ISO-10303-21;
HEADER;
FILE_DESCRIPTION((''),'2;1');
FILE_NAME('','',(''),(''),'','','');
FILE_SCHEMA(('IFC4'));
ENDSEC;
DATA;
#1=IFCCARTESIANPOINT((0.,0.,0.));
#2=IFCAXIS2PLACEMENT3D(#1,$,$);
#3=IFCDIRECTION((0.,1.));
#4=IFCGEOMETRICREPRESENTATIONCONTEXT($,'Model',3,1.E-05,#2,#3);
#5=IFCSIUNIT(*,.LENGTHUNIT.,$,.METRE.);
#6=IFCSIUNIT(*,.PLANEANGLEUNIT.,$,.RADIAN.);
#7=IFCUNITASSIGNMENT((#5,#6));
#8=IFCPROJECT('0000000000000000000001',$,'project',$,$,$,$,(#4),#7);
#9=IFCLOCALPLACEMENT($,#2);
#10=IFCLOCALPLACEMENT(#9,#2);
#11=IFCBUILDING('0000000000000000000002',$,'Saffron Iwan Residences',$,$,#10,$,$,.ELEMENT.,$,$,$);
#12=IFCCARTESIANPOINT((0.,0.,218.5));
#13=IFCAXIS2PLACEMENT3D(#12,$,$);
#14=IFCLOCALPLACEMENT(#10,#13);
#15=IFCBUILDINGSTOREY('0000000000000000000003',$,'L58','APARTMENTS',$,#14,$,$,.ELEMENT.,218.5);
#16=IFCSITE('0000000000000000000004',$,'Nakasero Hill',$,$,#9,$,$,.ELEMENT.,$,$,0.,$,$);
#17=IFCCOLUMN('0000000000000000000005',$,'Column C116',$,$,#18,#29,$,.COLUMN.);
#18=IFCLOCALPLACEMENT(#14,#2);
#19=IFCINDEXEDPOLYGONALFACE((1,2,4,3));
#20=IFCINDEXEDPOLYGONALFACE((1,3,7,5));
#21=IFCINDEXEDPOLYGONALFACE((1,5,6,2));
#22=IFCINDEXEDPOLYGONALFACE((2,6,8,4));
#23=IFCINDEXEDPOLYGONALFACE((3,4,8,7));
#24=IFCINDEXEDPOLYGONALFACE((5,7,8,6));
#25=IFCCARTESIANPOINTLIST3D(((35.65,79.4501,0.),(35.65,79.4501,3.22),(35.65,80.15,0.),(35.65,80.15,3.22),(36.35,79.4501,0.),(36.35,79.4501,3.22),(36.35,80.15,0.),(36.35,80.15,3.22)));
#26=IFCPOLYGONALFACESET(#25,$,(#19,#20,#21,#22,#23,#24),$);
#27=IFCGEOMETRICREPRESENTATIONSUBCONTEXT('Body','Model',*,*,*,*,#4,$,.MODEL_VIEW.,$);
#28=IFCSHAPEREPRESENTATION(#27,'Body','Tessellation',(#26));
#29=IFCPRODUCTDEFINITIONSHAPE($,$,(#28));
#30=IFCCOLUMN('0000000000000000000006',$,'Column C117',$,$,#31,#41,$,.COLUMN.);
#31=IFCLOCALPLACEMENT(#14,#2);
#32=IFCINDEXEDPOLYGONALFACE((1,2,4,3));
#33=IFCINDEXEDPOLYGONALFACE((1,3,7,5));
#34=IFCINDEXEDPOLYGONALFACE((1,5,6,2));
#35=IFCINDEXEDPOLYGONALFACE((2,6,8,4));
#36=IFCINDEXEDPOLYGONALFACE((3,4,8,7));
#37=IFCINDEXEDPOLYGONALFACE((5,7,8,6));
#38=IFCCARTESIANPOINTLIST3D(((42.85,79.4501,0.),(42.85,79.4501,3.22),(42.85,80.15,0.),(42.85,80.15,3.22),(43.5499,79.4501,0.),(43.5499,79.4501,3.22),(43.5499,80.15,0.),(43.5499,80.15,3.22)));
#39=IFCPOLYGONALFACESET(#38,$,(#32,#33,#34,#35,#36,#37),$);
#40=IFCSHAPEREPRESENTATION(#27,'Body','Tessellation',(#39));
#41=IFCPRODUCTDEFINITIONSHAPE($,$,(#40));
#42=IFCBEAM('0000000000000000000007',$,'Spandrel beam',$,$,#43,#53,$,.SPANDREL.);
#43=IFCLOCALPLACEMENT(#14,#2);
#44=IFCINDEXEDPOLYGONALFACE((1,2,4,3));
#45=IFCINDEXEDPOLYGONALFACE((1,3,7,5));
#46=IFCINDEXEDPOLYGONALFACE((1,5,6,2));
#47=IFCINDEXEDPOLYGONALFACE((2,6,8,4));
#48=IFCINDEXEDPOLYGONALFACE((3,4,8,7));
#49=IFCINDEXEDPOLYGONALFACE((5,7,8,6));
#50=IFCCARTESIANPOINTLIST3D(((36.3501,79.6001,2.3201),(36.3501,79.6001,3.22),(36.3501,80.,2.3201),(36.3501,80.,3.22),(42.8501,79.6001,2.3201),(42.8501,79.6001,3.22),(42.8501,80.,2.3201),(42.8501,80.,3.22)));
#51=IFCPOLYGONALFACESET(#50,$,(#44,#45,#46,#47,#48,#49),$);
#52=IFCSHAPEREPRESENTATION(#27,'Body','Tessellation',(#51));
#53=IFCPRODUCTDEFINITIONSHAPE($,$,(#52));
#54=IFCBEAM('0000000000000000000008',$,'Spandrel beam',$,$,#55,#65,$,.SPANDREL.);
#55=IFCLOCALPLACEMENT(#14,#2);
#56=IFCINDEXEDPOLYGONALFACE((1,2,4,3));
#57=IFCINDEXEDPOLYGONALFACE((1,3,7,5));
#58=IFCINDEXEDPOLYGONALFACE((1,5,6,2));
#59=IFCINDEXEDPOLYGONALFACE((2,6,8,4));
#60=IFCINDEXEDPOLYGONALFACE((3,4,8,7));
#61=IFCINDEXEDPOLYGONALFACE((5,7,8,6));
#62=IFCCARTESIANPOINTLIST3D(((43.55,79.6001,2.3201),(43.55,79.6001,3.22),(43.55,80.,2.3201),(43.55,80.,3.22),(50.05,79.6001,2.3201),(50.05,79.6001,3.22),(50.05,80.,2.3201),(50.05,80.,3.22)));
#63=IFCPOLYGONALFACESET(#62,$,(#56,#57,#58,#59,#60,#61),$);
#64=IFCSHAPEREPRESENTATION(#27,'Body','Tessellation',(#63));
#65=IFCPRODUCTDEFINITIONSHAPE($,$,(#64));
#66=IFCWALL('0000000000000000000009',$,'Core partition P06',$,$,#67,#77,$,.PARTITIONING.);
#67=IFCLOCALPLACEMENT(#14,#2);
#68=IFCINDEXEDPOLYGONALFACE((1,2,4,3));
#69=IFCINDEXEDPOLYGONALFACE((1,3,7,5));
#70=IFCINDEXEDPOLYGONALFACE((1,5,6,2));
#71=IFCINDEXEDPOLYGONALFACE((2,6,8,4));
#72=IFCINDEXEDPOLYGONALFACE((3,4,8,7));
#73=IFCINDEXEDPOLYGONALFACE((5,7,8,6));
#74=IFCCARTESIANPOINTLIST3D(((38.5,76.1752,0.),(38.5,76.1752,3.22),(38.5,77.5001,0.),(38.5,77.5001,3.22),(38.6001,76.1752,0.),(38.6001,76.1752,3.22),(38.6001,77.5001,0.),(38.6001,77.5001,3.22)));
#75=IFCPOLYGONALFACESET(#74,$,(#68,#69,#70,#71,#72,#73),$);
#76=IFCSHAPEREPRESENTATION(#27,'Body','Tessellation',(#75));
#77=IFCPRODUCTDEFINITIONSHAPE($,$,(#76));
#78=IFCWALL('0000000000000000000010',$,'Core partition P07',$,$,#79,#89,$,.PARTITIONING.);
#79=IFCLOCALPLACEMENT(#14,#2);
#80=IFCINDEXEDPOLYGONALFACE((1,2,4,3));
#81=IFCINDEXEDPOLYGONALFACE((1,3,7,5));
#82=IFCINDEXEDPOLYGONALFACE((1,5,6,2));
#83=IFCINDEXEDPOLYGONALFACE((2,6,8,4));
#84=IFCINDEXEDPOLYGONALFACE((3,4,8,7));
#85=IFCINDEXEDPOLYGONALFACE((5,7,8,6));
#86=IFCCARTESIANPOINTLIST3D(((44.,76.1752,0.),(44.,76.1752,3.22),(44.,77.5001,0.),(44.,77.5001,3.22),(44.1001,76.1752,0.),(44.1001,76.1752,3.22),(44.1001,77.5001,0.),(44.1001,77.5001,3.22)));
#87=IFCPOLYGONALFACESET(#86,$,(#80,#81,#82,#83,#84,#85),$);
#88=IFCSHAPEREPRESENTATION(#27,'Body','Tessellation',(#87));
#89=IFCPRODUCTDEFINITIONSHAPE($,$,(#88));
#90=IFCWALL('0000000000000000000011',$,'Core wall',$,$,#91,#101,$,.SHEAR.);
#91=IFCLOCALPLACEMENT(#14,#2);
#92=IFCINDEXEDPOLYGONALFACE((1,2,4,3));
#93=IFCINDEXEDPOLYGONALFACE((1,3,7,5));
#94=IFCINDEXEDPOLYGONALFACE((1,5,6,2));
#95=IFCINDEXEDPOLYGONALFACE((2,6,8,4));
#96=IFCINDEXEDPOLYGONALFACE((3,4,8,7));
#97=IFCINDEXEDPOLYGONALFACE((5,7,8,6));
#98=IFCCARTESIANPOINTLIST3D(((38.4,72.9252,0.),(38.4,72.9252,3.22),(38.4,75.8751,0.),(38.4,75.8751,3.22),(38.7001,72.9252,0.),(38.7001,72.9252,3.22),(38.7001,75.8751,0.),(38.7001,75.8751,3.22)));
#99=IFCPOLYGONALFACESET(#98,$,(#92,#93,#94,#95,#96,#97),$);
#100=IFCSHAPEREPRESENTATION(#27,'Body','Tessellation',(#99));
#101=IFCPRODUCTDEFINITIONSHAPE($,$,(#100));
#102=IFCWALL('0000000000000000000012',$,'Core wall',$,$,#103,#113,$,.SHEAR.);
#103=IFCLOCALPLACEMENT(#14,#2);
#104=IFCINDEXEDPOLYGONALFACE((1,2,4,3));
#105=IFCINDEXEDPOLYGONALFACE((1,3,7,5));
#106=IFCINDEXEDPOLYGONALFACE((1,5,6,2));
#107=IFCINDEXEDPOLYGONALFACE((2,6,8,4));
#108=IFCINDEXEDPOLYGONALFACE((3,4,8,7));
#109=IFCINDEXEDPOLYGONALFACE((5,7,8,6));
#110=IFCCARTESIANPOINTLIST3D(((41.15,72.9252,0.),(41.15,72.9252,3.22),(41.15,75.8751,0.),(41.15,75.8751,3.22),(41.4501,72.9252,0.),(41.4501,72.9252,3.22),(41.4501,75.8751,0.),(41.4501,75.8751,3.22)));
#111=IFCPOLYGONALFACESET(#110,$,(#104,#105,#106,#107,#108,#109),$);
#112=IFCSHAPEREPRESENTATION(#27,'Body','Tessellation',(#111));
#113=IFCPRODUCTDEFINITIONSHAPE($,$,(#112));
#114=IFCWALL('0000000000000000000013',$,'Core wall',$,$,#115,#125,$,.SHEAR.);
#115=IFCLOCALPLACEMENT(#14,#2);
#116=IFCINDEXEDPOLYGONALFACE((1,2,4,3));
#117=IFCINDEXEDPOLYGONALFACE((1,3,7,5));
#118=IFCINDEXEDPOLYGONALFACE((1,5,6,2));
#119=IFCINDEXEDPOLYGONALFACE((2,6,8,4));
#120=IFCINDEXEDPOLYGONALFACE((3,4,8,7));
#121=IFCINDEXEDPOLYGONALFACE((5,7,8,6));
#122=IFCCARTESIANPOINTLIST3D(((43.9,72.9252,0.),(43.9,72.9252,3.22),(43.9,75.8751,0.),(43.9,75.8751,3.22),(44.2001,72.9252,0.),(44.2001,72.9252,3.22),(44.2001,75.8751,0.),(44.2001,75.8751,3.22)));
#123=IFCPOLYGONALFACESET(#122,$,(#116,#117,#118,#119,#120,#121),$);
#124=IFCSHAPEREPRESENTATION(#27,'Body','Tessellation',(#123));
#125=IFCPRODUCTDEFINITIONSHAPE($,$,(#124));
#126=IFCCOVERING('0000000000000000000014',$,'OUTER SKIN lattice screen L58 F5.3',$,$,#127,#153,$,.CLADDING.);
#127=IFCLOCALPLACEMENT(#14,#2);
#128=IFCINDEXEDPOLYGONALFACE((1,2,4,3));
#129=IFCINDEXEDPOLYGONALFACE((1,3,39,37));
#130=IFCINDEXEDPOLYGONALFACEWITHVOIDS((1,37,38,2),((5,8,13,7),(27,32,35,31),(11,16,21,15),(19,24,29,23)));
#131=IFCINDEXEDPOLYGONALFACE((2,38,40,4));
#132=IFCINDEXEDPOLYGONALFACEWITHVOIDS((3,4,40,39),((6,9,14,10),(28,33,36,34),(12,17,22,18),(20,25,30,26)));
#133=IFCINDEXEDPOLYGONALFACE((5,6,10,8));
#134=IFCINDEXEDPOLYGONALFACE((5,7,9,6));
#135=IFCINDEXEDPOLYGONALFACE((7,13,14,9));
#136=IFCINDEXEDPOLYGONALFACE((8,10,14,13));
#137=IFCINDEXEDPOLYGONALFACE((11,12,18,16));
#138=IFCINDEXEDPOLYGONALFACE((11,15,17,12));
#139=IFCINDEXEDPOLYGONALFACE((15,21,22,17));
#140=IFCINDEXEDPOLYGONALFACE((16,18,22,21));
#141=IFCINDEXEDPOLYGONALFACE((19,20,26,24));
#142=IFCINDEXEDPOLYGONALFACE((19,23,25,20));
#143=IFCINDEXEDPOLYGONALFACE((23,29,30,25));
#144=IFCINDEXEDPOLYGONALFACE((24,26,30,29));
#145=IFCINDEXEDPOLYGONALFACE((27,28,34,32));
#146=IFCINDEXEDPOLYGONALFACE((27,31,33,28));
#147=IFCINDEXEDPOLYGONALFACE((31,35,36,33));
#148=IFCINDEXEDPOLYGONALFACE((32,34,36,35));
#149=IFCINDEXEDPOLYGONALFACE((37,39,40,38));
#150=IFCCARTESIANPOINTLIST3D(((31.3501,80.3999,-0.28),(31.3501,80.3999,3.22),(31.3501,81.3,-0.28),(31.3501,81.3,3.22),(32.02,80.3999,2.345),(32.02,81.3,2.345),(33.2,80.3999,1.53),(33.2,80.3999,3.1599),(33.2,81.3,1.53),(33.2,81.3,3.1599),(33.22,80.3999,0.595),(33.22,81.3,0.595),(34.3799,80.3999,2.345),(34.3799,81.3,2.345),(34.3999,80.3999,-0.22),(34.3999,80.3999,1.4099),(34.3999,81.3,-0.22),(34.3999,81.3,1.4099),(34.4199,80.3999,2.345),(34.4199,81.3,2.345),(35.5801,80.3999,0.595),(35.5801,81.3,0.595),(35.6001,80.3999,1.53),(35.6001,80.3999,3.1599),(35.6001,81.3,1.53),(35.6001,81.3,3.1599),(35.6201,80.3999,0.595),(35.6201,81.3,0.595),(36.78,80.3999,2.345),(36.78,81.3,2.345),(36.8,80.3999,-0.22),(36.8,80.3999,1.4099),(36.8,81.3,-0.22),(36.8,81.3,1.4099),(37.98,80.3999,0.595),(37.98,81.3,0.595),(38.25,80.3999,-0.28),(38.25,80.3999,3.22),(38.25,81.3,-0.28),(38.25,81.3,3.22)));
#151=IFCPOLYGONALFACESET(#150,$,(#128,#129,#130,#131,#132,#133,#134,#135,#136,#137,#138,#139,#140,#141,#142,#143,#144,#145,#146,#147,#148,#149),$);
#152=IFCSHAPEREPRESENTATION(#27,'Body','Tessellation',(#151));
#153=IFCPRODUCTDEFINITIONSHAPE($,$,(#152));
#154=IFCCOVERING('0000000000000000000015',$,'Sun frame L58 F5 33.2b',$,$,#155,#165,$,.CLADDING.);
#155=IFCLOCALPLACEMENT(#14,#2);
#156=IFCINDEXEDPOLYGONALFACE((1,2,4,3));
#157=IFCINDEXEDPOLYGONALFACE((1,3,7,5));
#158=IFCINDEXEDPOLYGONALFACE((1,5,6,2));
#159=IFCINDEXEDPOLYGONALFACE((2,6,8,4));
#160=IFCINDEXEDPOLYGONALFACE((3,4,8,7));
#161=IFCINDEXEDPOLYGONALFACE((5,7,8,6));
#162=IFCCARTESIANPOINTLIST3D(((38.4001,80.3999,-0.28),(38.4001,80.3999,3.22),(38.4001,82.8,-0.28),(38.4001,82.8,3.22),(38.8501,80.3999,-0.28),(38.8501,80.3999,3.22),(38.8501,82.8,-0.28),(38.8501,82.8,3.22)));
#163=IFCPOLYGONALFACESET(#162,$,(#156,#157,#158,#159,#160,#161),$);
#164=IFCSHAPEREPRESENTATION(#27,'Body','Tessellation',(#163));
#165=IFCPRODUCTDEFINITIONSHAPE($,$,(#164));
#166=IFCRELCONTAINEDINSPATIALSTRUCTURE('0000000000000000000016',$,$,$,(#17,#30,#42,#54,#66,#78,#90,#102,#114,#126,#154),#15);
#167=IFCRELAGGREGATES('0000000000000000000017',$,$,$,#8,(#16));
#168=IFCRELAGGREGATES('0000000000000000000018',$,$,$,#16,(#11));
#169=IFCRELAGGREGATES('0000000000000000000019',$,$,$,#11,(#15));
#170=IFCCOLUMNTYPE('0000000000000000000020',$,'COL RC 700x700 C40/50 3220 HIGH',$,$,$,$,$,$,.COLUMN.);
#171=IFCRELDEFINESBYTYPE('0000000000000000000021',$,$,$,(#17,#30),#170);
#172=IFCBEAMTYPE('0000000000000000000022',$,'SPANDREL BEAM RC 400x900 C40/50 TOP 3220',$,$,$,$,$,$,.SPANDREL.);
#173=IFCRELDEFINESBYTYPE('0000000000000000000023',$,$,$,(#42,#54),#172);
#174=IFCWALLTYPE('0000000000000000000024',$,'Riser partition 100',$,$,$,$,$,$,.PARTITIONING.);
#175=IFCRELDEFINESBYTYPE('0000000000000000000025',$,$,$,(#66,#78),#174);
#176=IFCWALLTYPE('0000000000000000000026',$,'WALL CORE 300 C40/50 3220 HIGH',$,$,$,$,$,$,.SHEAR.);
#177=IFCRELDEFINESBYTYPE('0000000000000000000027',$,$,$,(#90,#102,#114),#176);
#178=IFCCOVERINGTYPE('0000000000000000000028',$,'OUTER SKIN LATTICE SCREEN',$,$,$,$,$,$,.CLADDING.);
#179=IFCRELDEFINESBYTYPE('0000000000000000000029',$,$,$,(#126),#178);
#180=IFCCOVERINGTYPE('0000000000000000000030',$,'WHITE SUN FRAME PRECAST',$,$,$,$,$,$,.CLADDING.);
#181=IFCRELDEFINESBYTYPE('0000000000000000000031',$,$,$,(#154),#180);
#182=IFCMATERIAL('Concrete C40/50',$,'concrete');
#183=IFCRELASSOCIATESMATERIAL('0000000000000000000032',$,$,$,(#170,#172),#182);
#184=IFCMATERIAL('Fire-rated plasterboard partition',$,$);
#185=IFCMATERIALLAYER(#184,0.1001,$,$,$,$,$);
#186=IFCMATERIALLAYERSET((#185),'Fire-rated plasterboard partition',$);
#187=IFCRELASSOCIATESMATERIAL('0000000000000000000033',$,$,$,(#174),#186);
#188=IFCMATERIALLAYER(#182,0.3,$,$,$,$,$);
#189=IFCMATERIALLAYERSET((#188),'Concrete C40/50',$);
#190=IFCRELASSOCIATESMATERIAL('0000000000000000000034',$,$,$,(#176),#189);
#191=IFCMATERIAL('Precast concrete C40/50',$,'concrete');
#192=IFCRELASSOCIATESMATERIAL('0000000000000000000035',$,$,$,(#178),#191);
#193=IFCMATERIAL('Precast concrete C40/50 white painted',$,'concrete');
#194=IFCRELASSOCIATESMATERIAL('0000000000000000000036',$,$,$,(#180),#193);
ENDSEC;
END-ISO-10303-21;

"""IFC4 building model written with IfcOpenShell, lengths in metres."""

from ifc_helpers import new_model, si_unit, direction, frame, frame_2d, origin, origin_2d, place, context, subcontext, project, spatial, polyline, rectangle, outline, extrude, source, transform, mapped, material, layer, layer_set, material_profile, profile_set, type_object, element, save


model = new_model("IFC4")

# Units and contexts
model_context = context("Model", 3, precision=1e-05, world=origin(), true_north=direction((0.0, 1.0)))
body_context = subcontext(model_context, "Body", "Model", "MODEL_VIEW")
ifc_project = project(units=[si_unit("LENGTHUNIT", "METRE"), si_unit("PLANEANGLEUNIT", "RADIAN")], contexts=[model_context])

# Site, building, storey
site_placement = place(None, origin())
site = spatial("IfcSite", under=ifc_project, at=site_placement, Name="Nakasero Hill", CompositionType="ELEMENT", RefElevation=0.0)
building_placement = place(site_placement, origin())
building = spatial("IfcBuilding", under=site, at=building_placement, Name="Saffron Iwan Residences", CompositionType="ELEMENT")
storey_placement = place(building_placement, frame((0.0, 0.0, 218.5)))
storey = spatial("IfcBuildingStorey", under=building, at=storey_placement, Name="L58", Description="APARTMENTS", CompositionType="ELEMENT", Elevation=218.5)

# Columns
ifc_material_1 = material(Name="Concrete C40/50", Category="concrete")
ifc_material_profile_1 = material_profile(ifc_material_1, rectangle(XDim=0.7, YDim=0.7, at=origin_2d()), Name="RC 700x700")
ifc_profile_set_1 = profile_set([ifc_material_profile_1], Name="Concrete C40/50")
column_type = type_object("IfcColumnType", Name="COL RC 700x700 C40/50 3220 HIGH", PredefinedType="COLUMN", material=ifc_profile_set_1)
shared_shape_1 = source(origin(), body_context, "Body", "SweptSolid", [
    extrude(rectangle(XDim=0.7, YDim=0.7, at=origin_2d()), origin(), (0.0, 0.0, 1.0), 3.22),
])
for number, where, z_axis, x_axis, name in (
    (1, (36.0, 79.8, 0.0), (0.0, 0.0, 1.0), (1.0, 0.0, 0.0), "Column C116"),
    (2, (43.2, 79.8, 0.0), (0.0, 0.0, 1.0), (1.0, 0.0, 0.0), "Column C117"),
):
    element("IfcColumn", number, at=place(storey_placement, frame(where, z_axis=z_axis, x_axis=x_axis)), inside=storey, type_object=column_type, Name=name, PredefinedType="COLUMN", context=body_context, shape_type="MappedRepresentation", body=[
        mapped(shared_shape_1, transform((0.0, 0.0, 0.0))),
    ])

# Beams
ifc_material_profile_2 = material_profile(ifc_material_1, rectangle(XDim=0.3999, YDim=0.8999, at=origin_2d()), Name="RC 400x900")
ifc_profile_set_2 = profile_set([ifc_material_profile_2], Name="Concrete C40/50")
beam_type = type_object("IfcBeamType", Name="SPANDREL BEAM RC 400x900 C40/50 TOP 3220", PredefinedType="SPANDREL", material=ifc_profile_set_2)
shared_shape_2 = source(origin(), body_context, "Body", "SweptSolid", [
    extrude(rectangle(XDim=0.3999, YDim=0.8999, at=origin_2d()), origin(), (0.0, 0.0, 1.0), 6.5),
])
for number, where, z_axis, x_axis, name in (
    (3, (36.3501, 79.8, 2.77), (1.0, 0.0, 0.0), (0.0, 1.0, 0.0), "Spandrel beam"),
    (4, (43.55, 79.8, 2.77), (1.0, 0.0, 0.0), (0.0, 1.0, 0.0), "Spandrel beam"),
):
    element("IfcBeam", number, at=place(storey_placement, frame(where, z_axis=z_axis, x_axis=x_axis)), inside=storey, type_object=beam_type, Name=name, PredefinedType="SPANDREL", context=body_context, shape_type="MappedRepresentation", body=[
        mapped(shared_shape_2, transform((0.0, 0.0, 0.0))),
    ])

# Walls
ifc_material_2 = material(Name="Fire-rated plasterboard partition")
ifc_layer_1 = layer(ifc_material_2, 0.1001)
ifc_layer_set_1 = layer_set([ifc_layer_1], Name="Fire-rated plasterboard partition")
wall_type_1 = type_object("IfcWallType", Name="Riser partition 100", PredefinedType="PARTITIONING", material=ifc_layer_set_1)
for number, where, z_axis, x_axis, name in (
    (5, (38.55, 76.175, 0.0), (0.0, 0.0, 1.0), (0.0, 1.0, 0.0), "Core partition P06"),
    (6, (44.05, 76.175, 0.0), (0.0, 0.0, 1.0), (0.0, 1.0, 0.0), "Core partition P07"),
):
    element("IfcWall", number, at=place(storey_placement, frame(where, z_axis=z_axis, x_axis=x_axis)), inside=storey, type_object=wall_type_1, Name=name, PredefinedType="PARTITIONING", context=body_context, shape_type="SweptSolid", body=[
        extrude(rectangle(XDim=1.325, YDim=0.1001, at=frame_2d((0.6626, 0.0))), origin(), (0.0, 0.0, 1.0), 3.22),
    ])
ifc_layer_2 = layer(ifc_material_1, 0.3)
ifc_layer_set_2 = layer_set([ifc_layer_2], Name="Concrete C40/50")
wall_type_2 = type_object("IfcWallType", Name="WALL CORE 300 C40/50 3220 HIGH", PredefinedType="SHEAR", material=ifc_layer_set_2)
for number, where, z_axis, x_axis, name in (
    (7, (38.55, 72.925, 0.0), (0.0, 0.0, 1.0), (0.0, 1.0, 0.0), "Core wall"),
    (8, (41.3, 72.925, 0.0), (0.0, 0.0, 1.0), (0.0, 1.0, 0.0), "Core wall"),
    (9, (44.05, 72.925, 0.0), (0.0, 0.0, 1.0), (0.0, 1.0, 0.0), "Core wall"),
):
    element("IfcWall", number, at=place(storey_placement, frame(where, z_axis=z_axis, x_axis=x_axis)), inside=storey, type_object=wall_type_2, Name=name, PredefinedType="SHEAR", context=body_context, shape_type="SweptSolid", body=[
        extrude(rectangle(XDim=2.95, YDim=0.3, at=frame_2d((1.4751, 0.0))), origin(), (0.0, 0.0, 1.0), 3.22),
    ])

# Coverings
ifc_material_3 = material(Name="Precast concrete C40/50", Category="concrete")
covering_type_1 = type_object("IfcCoveringType", Name="OUTER SKIN LATTICE SCREEN", PredefinedType="CLADDING", material=ifc_material_3)
covering_1_placement = place(storey_placement, frame((38.25, 80.3999, -0.28), z_axis=(0.0, 1.0, 0.0), x_axis=(-1.0, 0.0, 0.0)))
element("IfcCovering", 10, at=covering_1_placement, inside=storey, type_object=covering_type_1, Name="OUTER SKIN lattice screen L58 F5.3", PredefinedType="CLADDING", context=body_context, shape_type="SweptSolid", body=[
    extrude(outline(polyline([(0.0, 0.0), (6.8999, 0.0), (6.8999, 3.5), (0.0, 3.5), (0.0, 0.0)]), holes=[polyline([(0.27, 0.875), (1.45, 0.0601), (2.6299, 0.875), (1.45, 1.6899), (0.27, 0.875)]), polyline([(2.6699, 0.875), (3.8501, 0.0601), (5.03, 0.875), (3.8501, 1.6899), (2.6699, 0.875)]), polyline([(1.47, 2.625), (2.6499, 1.8101), (3.8301, 2.625), (2.6499, 3.4399), (1.47, 2.625)]), polyline([(3.8701, 2.625), (5.05, 1.8101), (6.23, 2.625), (5.05, 3.4399), (3.8701, 2.625)])]), origin(), (0.0, 0.0, 1.0), 0.9001),
])
ifc_material_4 = material(Name="Precast concrete C40/50 white painted", Category="concrete")
covering_type_2 = type_object("IfcCoveringType", Name="WHITE SUN FRAME PRECAST", PredefinedType="CLADDING", material=ifc_material_4)
covering_2_placement = place(storey_placement, frame((38.8501, 80.3999, -0.28), z_axis=(0.0, 1.0, 0.0), x_axis=(-1.0, 0.0, 0.0)))
element("IfcCovering", 11, at=covering_2_placement, inside=storey, type_object=covering_type_2, Name="Sun frame L58 F5 33.2b", PredefinedType="CLADDING", context=body_context, shape_type="SweptSolid", body=[
    extrude(outline(polyline([(0.0, 0.0), (0.45, 0.0), (0.45, 3.5), (0.0, 3.5), (0.0, 0.0)])), origin(), (0.0, 0.0, 1.0), 2.4001),
])

save(model, "model.ifc")
